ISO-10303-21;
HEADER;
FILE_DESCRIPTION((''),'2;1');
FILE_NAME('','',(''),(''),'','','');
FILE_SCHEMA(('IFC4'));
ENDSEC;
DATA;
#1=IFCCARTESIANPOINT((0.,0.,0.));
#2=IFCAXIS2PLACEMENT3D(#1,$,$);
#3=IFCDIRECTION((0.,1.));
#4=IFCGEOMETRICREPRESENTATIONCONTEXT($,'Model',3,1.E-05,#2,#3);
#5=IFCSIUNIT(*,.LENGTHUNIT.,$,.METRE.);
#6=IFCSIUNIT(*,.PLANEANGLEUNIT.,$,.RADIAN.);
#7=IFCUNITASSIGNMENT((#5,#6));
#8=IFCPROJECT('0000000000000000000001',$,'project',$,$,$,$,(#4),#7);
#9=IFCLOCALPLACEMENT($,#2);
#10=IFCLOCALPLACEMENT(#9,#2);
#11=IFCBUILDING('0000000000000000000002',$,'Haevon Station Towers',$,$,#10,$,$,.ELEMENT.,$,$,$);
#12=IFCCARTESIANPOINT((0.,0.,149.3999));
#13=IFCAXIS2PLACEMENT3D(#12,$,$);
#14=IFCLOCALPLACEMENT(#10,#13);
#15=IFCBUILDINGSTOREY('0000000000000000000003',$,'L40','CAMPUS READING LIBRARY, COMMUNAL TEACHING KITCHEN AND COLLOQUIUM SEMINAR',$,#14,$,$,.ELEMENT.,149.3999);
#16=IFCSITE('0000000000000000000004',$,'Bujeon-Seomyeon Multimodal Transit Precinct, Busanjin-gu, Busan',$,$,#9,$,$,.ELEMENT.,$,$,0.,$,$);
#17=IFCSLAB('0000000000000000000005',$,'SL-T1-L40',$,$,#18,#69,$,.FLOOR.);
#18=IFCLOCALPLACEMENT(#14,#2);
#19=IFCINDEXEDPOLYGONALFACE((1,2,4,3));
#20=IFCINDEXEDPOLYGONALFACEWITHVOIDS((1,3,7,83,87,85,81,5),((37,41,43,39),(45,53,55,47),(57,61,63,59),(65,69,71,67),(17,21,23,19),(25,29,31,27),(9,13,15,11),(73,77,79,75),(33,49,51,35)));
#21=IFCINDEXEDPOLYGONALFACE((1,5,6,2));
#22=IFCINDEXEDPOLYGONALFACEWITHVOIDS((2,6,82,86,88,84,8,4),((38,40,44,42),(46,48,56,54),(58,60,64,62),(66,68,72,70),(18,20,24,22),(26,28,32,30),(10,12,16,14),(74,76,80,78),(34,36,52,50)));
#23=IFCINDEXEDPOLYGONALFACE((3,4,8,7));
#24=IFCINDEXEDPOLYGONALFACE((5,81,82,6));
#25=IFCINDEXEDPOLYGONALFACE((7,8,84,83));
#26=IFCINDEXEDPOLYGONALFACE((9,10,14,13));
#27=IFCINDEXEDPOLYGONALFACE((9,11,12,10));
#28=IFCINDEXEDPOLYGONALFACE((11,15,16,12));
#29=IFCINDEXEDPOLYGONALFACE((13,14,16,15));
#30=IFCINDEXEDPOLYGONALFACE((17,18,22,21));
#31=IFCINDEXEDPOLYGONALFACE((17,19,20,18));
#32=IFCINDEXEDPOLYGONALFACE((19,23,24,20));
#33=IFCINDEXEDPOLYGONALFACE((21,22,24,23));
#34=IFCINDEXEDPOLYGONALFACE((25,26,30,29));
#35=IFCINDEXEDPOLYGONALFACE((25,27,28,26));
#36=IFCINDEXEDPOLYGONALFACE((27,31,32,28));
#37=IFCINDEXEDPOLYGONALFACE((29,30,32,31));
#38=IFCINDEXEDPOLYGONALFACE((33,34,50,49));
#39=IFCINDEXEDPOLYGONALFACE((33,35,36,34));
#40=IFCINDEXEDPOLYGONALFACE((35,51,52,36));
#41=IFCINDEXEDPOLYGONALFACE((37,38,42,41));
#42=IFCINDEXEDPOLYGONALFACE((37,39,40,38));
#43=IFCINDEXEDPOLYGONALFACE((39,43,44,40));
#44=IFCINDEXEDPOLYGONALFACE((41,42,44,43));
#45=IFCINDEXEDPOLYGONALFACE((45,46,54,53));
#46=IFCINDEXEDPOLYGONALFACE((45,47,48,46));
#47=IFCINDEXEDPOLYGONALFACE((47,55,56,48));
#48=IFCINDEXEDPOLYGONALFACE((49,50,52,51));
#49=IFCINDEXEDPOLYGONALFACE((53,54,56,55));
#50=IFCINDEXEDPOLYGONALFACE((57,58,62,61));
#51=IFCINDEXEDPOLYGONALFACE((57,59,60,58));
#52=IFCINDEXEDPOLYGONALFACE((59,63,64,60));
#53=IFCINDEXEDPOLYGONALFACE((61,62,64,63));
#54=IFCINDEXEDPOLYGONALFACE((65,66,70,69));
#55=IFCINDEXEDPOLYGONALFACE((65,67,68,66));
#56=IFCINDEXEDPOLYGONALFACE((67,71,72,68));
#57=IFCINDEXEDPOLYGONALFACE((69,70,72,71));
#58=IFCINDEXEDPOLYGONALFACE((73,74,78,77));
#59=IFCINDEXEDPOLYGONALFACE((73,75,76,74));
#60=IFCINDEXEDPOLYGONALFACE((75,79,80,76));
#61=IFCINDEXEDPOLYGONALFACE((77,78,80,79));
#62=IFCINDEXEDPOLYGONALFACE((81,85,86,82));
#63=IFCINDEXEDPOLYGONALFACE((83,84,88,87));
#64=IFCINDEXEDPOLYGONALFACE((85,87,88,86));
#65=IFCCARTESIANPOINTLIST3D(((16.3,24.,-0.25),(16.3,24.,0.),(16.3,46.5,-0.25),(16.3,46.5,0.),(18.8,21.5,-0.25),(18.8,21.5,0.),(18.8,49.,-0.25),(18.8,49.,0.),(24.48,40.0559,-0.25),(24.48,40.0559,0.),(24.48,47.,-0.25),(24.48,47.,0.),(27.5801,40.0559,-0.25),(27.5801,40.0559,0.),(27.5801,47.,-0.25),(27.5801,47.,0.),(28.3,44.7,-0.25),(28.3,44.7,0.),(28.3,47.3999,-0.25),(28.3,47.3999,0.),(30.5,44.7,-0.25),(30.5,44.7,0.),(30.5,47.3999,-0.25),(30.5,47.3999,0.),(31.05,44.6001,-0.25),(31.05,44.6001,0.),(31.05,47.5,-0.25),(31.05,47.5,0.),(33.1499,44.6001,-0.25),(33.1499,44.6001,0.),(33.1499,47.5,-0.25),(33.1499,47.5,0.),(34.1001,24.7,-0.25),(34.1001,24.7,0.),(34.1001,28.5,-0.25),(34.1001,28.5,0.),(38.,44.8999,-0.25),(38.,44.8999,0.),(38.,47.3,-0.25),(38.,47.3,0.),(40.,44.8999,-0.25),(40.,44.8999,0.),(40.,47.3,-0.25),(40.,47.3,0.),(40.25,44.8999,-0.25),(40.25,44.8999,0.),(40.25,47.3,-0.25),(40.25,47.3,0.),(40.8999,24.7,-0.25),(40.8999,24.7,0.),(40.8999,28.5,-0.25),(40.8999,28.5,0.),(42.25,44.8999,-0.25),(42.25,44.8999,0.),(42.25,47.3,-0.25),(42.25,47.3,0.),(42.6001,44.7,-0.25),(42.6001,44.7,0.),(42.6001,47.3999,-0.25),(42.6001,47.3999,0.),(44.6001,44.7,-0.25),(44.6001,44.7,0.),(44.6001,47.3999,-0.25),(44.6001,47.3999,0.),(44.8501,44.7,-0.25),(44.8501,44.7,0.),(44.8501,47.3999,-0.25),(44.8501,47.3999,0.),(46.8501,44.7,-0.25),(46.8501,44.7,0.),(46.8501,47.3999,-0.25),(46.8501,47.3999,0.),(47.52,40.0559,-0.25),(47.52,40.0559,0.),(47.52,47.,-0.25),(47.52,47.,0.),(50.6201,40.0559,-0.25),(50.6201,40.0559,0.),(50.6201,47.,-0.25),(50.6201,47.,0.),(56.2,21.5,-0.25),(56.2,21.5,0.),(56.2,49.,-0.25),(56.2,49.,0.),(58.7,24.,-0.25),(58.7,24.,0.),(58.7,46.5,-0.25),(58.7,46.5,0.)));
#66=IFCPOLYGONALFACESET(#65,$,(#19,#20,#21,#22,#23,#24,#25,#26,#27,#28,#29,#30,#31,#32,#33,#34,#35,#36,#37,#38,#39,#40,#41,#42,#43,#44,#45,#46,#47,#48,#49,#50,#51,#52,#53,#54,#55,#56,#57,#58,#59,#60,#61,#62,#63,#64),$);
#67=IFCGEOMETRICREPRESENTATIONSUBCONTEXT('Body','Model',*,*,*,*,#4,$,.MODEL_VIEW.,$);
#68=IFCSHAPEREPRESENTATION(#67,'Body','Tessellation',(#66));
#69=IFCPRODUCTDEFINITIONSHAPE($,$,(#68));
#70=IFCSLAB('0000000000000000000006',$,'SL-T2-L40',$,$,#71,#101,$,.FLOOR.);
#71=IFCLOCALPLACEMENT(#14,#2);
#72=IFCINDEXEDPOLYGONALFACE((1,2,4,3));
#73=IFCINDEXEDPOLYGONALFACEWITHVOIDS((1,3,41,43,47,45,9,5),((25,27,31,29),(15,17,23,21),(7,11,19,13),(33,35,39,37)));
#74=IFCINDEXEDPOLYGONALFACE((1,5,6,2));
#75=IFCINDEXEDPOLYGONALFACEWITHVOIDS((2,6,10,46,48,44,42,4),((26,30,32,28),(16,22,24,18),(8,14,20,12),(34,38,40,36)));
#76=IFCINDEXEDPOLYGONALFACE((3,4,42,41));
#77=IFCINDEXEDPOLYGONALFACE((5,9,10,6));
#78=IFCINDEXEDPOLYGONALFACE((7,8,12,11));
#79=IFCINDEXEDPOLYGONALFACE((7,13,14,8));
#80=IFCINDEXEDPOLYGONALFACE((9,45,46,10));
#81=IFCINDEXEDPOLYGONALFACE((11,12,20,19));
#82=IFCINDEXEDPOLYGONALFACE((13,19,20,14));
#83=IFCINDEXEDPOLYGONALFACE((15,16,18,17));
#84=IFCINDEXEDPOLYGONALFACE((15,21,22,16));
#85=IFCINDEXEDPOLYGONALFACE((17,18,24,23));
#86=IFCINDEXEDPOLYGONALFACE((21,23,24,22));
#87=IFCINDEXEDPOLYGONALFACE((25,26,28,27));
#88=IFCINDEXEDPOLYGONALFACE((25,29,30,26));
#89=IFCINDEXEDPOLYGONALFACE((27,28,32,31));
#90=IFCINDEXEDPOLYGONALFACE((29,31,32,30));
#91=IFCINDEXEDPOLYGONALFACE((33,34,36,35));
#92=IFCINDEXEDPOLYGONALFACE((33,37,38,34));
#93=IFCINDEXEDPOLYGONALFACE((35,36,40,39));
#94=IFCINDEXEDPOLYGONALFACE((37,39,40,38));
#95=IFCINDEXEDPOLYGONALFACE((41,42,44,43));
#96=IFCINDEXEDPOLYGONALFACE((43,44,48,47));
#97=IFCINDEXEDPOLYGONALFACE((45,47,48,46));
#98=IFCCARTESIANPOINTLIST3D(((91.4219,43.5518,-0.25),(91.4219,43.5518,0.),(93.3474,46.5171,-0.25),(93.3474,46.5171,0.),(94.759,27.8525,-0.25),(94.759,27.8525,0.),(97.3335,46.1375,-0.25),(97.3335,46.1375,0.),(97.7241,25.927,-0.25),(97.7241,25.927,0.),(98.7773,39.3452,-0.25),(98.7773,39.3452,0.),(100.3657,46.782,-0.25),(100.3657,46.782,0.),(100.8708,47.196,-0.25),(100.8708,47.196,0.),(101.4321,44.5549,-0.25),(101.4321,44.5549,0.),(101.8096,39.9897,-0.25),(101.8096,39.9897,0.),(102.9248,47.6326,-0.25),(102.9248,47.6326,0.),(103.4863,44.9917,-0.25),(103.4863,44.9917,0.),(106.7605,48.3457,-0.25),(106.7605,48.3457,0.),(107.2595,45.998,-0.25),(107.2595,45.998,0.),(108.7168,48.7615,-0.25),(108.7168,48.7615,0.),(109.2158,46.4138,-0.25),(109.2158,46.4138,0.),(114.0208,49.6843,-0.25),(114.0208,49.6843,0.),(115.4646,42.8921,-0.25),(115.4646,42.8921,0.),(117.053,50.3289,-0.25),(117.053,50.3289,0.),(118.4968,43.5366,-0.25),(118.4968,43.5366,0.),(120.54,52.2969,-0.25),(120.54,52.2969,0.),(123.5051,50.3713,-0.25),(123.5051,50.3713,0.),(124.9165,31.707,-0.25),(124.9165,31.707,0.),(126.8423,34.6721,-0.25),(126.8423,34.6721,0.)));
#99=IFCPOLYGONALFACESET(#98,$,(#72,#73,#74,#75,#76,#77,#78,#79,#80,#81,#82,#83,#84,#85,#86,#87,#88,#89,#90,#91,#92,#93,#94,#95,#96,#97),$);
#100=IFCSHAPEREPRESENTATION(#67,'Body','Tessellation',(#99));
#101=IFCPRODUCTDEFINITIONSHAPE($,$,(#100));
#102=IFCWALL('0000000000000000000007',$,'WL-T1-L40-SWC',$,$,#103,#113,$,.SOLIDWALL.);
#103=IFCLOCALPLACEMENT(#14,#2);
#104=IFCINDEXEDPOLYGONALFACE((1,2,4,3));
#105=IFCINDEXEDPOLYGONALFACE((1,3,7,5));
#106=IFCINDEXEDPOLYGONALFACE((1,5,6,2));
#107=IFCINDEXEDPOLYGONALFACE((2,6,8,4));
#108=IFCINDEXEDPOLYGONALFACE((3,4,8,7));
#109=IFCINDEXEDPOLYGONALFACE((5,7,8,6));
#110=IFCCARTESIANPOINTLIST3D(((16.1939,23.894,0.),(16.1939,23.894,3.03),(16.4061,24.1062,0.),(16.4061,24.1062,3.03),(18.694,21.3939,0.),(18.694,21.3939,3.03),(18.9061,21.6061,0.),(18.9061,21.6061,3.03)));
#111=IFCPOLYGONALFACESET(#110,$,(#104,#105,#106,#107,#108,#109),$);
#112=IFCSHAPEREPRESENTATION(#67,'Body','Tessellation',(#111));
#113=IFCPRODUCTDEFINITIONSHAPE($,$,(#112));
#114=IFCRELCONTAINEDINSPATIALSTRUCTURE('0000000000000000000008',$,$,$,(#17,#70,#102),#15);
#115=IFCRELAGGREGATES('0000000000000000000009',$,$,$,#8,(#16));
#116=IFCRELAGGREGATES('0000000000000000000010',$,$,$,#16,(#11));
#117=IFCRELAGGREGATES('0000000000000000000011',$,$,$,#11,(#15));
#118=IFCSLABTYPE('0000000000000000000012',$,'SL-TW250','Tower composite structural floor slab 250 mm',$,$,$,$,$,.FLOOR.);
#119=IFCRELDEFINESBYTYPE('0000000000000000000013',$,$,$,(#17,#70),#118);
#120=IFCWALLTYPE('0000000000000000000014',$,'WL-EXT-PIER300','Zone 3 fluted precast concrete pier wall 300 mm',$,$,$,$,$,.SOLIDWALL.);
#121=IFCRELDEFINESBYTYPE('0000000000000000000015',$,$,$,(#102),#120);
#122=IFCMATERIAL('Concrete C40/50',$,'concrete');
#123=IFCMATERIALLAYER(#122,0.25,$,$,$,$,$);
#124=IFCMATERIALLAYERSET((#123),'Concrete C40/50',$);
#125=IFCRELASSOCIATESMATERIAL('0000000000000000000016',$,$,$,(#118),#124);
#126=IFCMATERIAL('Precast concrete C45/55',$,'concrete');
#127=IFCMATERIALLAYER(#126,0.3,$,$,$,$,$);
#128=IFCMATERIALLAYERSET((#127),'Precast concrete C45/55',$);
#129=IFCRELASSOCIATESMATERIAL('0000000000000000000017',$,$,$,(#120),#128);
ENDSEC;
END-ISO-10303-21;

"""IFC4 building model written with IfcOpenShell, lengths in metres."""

from ifc_helpers import new_model, si_unit, direction, frame, frame_2d, origin, place, context, subcontext, project, spatial, polyline, rectangle, outline, extrude, material, layer, layer_set, type_object, element, save


model = new_model("IFC4")

# Units and contexts
model_context = context("Model", 3, precision=1e-05, world=origin(), true_north=direction((0.0, 1.0)))
body_context = subcontext(model_context, "Body", "Model", "MODEL_VIEW")
ifc_project = project(units=[si_unit("LENGTHUNIT", "METRE"), si_unit("PLANEANGLEUNIT", "RADIAN")], contexts=[model_context])

# Site, building, storey
site_placement = place(None, origin())
site = spatial("IfcSite", under=ifc_project, at=site_placement, Name="Bujeon-Seomyeon Multimodal Transit Precinct, Busanjin-gu, Busan", CompositionType="ELEMENT", RefElevation=0.0)
building_placement = place(site_placement, origin())
building = spatial("IfcBuilding", under=site, at=building_placement, Name="Haevon Station Towers", CompositionType="ELEMENT")
storey_placement = place(building_placement, frame((0.0, 0.0, 149.3999)))
storey = spatial("IfcBuildingStorey", under=building, at=storey_placement, Name="L40", Description="CAMPUS READING LIBRARY, COMMUNAL TEACHING KITCHEN AND COLLOQUIUM SEMINAR", CompositionType="ELEMENT", Elevation=149.3999)

# Shared definitions
ifc_material_1 = material(Name="Concrete C40/50", Category="concrete")

# Slabs
ifc_layer_1 = layer(ifc_material_1, 0.25)
ifc_layer_set_1 = layer_set([ifc_layer_1], Name="Concrete C40/50")
slab_type_1 = type_object("IfcSlabType", Name="SL-TW250", Description="Tower composite structural floor slab 250 mm", PredefinedType="FLOOR", material=ifc_layer_set_1)
slab_1_placement = place(storey_placement, frame((0.0, 0.0, -0.25)))
element("IfcSlab", 1, at=slab_1_placement, inside=storey, type_object=slab_type_1, Name="SL-T1-L40", PredefinedType="FLOOR", context=body_context, shape_type="SweptSolid", body=[
    extrude(outline(polyline([(18.8, 21.5), (56.2, 21.5), (58.7, 24.0), (58.7, 46.5), (56.2, 49.0), (18.8, 49.0), (16.3, 46.5), (16.3, 24.0), (18.8, 21.5)]), holes=[polyline([(27.5801, 40.0559), (27.5801, 47.0), (24.48, 47.0), (24.48, 40.0559), (27.5801, 40.0559)]), polyline([(50.6201, 40.0559), (50.6201, 47.0), (47.52, 47.0), (47.52, 40.0559), (50.6201, 40.0559)]), polyline([(28.3, 44.7), (30.5, 44.7), (30.5, 47.3999), (28.3, 47.3999), (28.3, 44.7)]), polyline([(31.05, 44.6001), (33.1499, 44.6001), (33.1499, 47.5), (31.05, 47.5), (31.05, 44.6001)]), polyline([(38.0, 44.8999), (40.0, 44.8999), (40.0, 47.3), (38.0, 47.3), (38.0, 44.8999)]), polyline([(40.25, 44.8999), (42.25, 44.8999), (42.25, 47.3), (40.25, 47.3), (40.25, 44.8999)]), polyline([(42.6001, 44.7), (44.6001, 44.7), (44.6001, 47.3999), (42.6001, 47.3999), (42.6001, 44.7)]), polyline([(44.8501, 44.7), (46.8501, 44.7), (46.8501, 47.3999), (44.8501, 47.3999), (44.8501, 44.7)]), polyline([(34.1001, 24.7), (40.8999, 24.7), (40.8999, 28.5), (34.1001, 28.5), (34.1001, 24.7)])]), origin(), (0.0, 0.0, 1.0), 0.25),
])
slab_2_placement = place(storey_placement, frame((0.0, 0.0, -0.25)))
element("IfcSlab", 2, at=slab_2_placement, inside=storey, type_object=slab_type_1, Name="SL-T2-L40", PredefinedType="FLOOR", context=body_context, shape_type="SweptSolid", body=[
    extrude(outline(polyline([(97.7241, 25.927), (124.9165, 31.707), (126.8423, 34.6721), (123.5051, 50.3713), (120.54, 52.2969), (93.3474, 46.5171), (91.4219, 43.5518), (94.759, 27.8525), (97.7241, 25.927)]), holes=[polyline([(101.8096, 39.9897), (100.3657, 46.782), (97.3335, 46.1375), (98.7773, 39.3452), (101.8096, 39.9897)]), polyline([(118.4968, 43.5366), (117.053, 50.3289), (114.0208, 49.6843), (115.4646, 42.8921), (118.4968, 43.5366)]), polyline([(101.4321, 44.5549), (103.4863, 44.9917), (102.9248, 47.6326), (100.8708, 47.196), (101.4321, 44.5549)]), polyline([(107.2595, 45.998), (109.2158, 46.4138), (108.7168, 48.7615), (106.7605, 48.3457), (107.2595, 45.998)])]), origin(), (0.0, 0.0, 1.0), 0.25),
])

# Wall
ifc_material_2 = material(Name="Precast concrete C45/55", Category="concrete")
ifc_layer_2 = layer(ifc_material_2, 0.3)
ifc_layer_set_2 = layer_set([ifc_layer_2], Name="Precast concrete C45/55")
wall_type_1 = type_object("IfcWallType", Name="WL-EXT-PIER300", Description="Zone 3 fluted precast concrete pier wall 300 mm", PredefinedType="SOLIDWALL", material=ifc_layer_set_2)
wall_1_placement = place(storey_placement, frame((18.8, 21.5, 0.0), z_axis=(0.0, 0.0, 1.0), x_axis=(-0.707107, 0.707107, 0.0)))
element("IfcWall", 3, at=wall_1_placement, inside=storey, type_object=wall_type_1, Name="WL-T1-L40-SWC", PredefinedType="SOLIDWALL", context=body_context, shape_type="SweptSolid", body=[
    extrude(rectangle(XDim=3.5356, YDim=0.3, at=frame_2d((1.7678, 0.0))), origin(), (0.0, 0.0, 1.0), 3.03),
])

save(model, "model.ifc")
